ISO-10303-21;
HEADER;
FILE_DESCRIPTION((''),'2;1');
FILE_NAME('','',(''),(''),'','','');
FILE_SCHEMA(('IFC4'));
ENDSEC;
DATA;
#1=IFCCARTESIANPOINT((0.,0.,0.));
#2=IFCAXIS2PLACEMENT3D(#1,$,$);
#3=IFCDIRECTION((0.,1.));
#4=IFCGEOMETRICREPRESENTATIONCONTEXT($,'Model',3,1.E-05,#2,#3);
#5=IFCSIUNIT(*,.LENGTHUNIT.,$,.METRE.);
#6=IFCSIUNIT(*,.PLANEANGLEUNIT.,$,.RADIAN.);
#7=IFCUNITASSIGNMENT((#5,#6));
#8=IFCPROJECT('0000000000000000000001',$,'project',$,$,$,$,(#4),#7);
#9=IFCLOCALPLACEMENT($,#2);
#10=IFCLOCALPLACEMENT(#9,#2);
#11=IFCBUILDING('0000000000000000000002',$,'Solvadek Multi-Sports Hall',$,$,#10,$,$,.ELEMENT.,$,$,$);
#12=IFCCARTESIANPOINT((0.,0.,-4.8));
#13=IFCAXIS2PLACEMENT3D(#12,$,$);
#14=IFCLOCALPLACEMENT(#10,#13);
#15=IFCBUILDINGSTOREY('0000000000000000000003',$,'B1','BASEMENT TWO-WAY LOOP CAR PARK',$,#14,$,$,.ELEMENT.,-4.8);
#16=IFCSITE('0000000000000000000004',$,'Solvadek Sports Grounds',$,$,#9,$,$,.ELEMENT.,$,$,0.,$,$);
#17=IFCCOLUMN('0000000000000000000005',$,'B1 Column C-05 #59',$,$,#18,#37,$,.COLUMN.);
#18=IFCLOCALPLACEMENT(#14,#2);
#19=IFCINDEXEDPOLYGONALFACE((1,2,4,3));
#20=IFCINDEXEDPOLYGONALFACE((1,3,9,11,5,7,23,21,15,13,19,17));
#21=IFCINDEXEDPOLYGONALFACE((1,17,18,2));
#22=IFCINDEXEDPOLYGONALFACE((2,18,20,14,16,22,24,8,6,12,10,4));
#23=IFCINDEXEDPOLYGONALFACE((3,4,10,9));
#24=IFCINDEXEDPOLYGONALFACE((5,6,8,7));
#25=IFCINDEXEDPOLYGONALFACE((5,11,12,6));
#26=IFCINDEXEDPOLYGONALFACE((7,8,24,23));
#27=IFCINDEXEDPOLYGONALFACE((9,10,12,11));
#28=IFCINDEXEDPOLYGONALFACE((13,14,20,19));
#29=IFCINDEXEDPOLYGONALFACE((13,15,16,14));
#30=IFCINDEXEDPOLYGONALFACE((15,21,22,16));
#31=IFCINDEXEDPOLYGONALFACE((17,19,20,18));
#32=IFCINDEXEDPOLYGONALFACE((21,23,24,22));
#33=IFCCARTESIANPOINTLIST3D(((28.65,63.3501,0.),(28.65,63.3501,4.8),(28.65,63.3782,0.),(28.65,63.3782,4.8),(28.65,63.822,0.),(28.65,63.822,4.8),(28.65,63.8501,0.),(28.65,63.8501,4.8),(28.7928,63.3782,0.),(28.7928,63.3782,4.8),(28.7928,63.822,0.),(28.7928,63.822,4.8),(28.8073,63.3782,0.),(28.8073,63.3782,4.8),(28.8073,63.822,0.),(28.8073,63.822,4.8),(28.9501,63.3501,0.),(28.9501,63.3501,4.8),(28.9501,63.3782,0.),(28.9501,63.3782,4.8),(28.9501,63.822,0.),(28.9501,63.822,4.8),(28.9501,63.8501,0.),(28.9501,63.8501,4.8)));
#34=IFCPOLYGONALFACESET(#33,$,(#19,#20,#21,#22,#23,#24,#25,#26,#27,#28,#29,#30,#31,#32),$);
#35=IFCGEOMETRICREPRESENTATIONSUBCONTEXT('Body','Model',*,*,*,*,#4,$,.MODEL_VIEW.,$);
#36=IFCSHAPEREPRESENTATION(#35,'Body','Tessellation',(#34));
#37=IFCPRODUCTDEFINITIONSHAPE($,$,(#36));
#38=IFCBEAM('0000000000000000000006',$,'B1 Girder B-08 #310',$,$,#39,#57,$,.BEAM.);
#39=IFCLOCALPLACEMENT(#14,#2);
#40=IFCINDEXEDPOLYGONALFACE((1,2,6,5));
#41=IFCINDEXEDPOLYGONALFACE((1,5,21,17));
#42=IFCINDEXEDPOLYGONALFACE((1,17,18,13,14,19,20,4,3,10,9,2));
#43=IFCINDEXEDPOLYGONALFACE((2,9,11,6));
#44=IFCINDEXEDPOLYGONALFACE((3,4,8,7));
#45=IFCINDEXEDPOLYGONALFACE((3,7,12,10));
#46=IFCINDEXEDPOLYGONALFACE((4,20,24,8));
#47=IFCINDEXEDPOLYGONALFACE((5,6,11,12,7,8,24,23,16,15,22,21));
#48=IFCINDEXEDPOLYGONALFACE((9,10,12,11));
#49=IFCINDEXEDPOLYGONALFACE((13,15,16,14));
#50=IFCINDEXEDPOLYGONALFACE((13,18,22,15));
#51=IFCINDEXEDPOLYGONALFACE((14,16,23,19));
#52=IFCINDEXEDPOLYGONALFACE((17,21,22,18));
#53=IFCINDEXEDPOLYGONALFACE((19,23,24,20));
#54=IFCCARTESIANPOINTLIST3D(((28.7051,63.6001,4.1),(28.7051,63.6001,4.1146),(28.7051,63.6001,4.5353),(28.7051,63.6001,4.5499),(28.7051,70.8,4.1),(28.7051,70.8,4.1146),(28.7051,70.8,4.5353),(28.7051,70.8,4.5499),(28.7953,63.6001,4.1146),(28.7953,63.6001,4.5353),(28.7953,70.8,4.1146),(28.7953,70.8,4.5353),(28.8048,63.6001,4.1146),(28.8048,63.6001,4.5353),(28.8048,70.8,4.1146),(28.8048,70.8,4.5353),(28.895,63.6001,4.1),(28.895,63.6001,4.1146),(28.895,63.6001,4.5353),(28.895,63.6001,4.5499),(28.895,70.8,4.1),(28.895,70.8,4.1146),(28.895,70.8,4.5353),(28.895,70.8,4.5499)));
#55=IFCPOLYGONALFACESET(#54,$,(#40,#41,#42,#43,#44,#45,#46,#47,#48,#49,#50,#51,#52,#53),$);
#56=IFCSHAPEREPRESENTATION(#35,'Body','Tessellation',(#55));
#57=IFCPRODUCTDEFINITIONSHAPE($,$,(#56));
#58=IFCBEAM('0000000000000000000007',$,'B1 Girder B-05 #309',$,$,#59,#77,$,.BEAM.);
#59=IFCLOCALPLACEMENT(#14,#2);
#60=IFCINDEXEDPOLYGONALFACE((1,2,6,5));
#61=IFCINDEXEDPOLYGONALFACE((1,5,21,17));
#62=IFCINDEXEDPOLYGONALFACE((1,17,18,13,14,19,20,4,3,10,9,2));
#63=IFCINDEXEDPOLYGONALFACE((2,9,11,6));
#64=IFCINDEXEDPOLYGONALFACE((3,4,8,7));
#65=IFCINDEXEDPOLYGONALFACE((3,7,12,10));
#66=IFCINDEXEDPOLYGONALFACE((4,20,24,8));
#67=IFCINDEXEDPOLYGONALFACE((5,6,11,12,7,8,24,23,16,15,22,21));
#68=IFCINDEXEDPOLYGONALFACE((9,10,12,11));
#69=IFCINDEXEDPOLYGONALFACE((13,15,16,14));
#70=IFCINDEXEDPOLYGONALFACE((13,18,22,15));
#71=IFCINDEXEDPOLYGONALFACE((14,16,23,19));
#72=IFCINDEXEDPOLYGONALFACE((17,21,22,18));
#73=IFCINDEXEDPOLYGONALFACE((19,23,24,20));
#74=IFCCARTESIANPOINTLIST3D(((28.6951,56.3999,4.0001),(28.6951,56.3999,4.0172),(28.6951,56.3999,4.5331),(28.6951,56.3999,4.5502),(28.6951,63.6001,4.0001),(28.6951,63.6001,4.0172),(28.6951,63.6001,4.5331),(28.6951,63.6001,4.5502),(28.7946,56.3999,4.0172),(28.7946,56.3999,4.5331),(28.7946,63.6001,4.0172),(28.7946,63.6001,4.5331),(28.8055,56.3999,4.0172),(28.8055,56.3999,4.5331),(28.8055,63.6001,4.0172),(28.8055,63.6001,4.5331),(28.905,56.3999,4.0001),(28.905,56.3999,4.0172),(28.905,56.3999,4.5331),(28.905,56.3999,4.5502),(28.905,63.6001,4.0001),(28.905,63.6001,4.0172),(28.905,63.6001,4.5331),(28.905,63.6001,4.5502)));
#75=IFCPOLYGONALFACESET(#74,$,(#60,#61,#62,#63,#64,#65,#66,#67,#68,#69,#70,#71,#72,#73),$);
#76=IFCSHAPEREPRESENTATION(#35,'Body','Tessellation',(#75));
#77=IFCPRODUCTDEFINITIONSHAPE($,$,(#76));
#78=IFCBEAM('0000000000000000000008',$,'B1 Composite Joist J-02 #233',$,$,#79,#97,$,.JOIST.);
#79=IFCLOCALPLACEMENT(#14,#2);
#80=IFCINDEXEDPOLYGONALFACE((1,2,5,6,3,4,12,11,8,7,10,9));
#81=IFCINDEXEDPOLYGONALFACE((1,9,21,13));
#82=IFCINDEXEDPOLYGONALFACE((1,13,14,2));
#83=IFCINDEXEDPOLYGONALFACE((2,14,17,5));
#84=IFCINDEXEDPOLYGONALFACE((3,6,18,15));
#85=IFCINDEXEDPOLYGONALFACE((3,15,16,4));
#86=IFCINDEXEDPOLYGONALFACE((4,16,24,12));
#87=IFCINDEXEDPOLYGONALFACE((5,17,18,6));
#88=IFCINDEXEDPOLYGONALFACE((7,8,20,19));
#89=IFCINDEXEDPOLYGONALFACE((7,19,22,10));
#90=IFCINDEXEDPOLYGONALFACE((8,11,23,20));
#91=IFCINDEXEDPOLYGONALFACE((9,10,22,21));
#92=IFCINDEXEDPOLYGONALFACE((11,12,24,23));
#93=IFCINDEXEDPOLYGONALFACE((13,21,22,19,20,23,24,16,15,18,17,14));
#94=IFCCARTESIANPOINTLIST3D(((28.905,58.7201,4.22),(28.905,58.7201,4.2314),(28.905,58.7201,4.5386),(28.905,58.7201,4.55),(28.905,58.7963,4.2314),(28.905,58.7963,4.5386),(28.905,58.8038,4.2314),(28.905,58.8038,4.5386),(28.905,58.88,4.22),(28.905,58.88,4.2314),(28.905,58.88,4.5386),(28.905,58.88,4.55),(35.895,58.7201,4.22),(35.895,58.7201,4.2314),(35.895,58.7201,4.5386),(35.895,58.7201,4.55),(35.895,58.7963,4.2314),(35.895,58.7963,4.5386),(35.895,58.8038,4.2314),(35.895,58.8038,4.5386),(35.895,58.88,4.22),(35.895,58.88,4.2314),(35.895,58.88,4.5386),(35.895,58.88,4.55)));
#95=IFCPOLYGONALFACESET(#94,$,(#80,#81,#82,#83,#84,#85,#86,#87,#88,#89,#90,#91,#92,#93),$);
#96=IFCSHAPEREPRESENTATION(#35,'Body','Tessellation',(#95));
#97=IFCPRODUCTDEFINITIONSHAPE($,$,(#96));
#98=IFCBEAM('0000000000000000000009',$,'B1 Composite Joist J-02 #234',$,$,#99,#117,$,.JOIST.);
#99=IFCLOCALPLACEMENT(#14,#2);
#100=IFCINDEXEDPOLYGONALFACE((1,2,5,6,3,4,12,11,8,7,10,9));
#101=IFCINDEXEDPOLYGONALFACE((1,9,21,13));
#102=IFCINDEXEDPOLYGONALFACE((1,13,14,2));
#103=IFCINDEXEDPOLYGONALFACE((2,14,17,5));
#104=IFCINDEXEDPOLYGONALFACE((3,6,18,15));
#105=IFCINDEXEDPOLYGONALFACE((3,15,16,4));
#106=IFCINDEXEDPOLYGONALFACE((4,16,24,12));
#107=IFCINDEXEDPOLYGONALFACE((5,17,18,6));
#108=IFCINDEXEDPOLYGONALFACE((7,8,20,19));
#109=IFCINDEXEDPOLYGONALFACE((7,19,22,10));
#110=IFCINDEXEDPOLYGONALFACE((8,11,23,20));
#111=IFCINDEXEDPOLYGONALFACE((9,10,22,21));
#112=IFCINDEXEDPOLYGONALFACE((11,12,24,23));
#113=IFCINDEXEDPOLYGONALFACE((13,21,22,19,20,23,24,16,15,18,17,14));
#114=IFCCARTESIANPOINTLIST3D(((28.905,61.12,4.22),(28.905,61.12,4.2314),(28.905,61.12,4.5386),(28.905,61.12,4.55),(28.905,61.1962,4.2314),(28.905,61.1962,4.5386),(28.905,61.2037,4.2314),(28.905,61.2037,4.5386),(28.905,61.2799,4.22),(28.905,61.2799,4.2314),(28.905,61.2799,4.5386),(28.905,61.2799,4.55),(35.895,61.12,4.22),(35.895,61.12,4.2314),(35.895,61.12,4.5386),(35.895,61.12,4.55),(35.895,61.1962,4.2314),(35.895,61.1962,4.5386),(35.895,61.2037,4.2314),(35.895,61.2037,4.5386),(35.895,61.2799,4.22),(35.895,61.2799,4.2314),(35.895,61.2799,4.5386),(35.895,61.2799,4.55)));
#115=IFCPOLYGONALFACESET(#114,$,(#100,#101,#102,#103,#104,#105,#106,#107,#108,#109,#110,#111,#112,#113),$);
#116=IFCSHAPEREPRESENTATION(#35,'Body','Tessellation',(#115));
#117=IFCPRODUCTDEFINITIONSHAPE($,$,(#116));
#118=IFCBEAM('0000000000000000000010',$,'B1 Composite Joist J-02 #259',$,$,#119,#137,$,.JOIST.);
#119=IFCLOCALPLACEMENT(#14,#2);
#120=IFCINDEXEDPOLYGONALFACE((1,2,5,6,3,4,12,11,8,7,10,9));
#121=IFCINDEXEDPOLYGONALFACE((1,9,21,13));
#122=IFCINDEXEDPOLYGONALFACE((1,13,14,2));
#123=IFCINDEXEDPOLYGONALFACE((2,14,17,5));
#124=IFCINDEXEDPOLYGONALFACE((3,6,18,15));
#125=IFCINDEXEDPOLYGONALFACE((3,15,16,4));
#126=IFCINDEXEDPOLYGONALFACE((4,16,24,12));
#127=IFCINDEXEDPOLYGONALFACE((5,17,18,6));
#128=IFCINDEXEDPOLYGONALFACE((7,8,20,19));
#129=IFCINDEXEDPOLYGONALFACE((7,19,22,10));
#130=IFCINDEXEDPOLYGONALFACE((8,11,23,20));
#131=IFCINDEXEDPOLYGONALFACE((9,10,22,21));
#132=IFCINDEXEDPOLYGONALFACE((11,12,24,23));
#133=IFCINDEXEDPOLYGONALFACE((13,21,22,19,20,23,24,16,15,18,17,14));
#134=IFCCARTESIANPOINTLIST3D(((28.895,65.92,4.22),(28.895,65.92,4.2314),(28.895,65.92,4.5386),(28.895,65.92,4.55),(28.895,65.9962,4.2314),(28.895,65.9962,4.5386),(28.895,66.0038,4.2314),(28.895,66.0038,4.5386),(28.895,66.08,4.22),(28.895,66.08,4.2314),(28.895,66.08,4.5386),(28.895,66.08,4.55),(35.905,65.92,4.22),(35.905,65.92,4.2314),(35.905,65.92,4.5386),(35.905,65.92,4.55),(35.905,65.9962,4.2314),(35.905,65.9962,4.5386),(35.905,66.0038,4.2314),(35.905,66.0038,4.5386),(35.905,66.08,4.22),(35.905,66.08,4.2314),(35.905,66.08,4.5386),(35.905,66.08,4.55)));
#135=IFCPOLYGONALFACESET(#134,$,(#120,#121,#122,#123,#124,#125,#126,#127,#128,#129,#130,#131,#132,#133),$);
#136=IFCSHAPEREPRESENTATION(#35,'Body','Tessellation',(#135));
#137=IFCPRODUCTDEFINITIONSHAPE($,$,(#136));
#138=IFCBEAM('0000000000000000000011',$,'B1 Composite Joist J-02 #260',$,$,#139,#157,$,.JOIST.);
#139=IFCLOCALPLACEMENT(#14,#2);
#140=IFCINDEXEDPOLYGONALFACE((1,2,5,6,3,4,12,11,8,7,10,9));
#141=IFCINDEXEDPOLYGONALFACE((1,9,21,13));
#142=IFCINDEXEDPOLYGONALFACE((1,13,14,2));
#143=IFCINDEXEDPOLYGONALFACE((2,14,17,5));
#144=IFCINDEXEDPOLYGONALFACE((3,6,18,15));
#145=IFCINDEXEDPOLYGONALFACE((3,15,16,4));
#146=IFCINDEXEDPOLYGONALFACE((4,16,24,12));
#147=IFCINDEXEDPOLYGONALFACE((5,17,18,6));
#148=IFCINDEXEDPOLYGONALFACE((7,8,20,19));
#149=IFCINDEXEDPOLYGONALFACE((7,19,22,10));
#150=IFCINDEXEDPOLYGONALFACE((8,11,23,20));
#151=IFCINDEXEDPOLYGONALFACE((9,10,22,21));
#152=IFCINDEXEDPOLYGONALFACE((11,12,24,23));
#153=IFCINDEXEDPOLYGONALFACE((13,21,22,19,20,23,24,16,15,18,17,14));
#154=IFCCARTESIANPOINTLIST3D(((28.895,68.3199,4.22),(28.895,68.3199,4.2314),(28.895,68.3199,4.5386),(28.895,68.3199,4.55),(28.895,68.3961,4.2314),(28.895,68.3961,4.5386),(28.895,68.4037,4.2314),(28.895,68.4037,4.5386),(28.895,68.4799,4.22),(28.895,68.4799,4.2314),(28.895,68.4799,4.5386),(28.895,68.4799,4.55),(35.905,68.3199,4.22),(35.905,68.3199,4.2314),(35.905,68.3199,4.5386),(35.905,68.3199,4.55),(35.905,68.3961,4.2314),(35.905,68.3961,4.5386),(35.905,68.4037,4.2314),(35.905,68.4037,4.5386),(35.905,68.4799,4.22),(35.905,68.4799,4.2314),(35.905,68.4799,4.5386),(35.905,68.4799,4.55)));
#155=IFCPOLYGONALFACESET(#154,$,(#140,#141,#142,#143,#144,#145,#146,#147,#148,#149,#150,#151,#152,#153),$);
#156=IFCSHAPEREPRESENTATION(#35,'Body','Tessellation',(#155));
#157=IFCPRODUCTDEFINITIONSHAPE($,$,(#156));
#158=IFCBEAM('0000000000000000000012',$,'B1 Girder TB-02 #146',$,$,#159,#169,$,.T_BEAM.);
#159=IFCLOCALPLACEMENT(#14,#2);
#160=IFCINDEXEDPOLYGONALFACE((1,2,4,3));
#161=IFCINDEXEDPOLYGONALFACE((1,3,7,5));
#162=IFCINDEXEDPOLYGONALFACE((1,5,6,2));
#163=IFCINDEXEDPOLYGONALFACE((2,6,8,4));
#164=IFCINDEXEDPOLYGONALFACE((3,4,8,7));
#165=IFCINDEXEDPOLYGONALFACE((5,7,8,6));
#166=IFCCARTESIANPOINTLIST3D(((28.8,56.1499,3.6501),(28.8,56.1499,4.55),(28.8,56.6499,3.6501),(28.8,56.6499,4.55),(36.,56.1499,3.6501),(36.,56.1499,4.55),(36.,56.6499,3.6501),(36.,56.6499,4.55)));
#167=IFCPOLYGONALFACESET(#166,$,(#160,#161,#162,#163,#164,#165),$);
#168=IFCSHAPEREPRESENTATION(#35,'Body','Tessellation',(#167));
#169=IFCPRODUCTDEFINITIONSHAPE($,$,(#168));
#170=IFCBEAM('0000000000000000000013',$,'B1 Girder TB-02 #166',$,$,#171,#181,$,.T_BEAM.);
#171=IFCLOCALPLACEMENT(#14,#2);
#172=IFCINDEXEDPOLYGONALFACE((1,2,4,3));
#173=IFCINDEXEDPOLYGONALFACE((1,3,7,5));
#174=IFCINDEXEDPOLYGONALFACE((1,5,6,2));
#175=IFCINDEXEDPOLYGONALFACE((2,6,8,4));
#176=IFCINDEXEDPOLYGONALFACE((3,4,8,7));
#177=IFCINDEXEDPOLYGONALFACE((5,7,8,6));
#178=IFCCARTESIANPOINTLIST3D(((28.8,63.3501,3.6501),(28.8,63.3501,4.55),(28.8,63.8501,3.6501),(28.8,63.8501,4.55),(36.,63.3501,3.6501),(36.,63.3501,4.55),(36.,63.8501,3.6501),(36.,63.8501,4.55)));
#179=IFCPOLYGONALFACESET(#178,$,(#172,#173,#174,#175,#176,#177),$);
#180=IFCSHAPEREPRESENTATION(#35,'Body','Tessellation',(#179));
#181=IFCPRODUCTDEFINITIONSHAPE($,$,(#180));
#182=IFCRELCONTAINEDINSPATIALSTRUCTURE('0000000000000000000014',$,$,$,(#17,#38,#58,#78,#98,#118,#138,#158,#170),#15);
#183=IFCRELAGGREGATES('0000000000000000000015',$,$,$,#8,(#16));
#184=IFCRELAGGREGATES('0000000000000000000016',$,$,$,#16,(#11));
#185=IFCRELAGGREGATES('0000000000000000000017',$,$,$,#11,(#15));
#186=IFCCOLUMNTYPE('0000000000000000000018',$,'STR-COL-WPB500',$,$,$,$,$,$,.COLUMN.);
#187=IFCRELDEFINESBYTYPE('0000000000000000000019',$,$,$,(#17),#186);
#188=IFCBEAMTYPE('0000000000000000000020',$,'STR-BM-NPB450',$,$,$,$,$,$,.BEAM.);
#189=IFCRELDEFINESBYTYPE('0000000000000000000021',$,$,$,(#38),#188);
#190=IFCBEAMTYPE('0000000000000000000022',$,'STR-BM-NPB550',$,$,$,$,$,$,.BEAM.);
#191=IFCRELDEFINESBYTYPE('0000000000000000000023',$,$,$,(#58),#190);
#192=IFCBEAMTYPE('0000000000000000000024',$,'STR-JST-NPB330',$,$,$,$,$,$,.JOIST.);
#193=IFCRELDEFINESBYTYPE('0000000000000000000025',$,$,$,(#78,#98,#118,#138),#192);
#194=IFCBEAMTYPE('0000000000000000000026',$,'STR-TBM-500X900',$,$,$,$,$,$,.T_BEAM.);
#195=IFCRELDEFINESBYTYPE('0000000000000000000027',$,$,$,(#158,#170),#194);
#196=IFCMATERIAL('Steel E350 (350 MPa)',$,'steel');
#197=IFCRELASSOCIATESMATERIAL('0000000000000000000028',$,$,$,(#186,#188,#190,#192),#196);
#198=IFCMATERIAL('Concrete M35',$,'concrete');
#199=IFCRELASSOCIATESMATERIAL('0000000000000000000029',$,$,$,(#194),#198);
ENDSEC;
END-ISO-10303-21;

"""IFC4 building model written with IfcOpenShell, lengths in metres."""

from ifc_helpers import new_model, si_unit, direction, frame, origin, origin_2d, place, context, subcontext, project, spatial, rectangle, i_section, extrude, material, material_profile, profile_set, type_object, element, save


model = new_model("IFC4")

# Units and contexts
model_context = context("Model", 3, precision=1e-05, world=origin(), true_north=direction((0.0, 1.0)))
body_context = subcontext(model_context, "Body", "Model", "MODEL_VIEW")
ifc_project = project(units=[si_unit("LENGTHUNIT", "METRE"), si_unit("PLANEANGLEUNIT", "RADIAN")], contexts=[model_context])

# Site, building, storey
site_placement = place(None, origin())
site = spatial("IfcSite", under=ifc_project, at=site_placement, Name="Solvadek Sports Grounds", CompositionType="ELEMENT", RefElevation=0.0)
building_placement = place(site_placement, origin())
building = spatial("IfcBuilding", under=site, at=building_placement, Name="Solvadek Multi-Sports Hall", CompositionType="ELEMENT")
storey_placement = place(building_placement, frame((0.0, 0.0, -4.8)))
storey = spatial("IfcBuildingStorey", under=building, at=storey_placement, Name="B1", Description="BASEMENT TWO-WAY LOOP CAR PARK", CompositionType="ELEMENT", Elevation=-4.8)

# Shared definitions
ifc_material_1 = material(Name="Concrete M35", Category="concrete")

# Column
ifc_material_2 = material(Name="Steel E350 (350 MPa)", Category="steel")
ifc_material_profile_1 = material_profile(ifc_material_2, i_section(OverallWidth=0.3, OverallDepth=0.5, WebThickness=0.0144, FlangeThickness=0.0281, at=origin_2d()), Name="WPB 500")
ifc_profile_set_1 = profile_set([ifc_material_profile_1], Name="Steel E350 (350 MPa)")
column_type = type_object("IfcColumnType", Name="STR-COL-WPB500", PredefinedType="COLUMN", material=ifc_profile_set_1)
for number, where, z_axis, x_axis, name in (
    (1, (28.8, 63.6001, 0.0), (0.0, 0.0, 1.0), (1.0, 0.0, 0.0), "B1 Column C-05 #59"),
):
    element("IfcColumn", number, at=place(storey_placement, frame(where, z_axis=z_axis, x_axis=x_axis)), inside=storey, type_object=column_type, Name=name, PredefinedType="COLUMN", context=body_context, shape_type="SweptSolid", body=[
        extrude(i_section(OverallWidth=0.3, OverallDepth=0.5, WebThickness=0.0144, FlangeThickness=0.0281, at=origin_2d()), origin(), (0.0, 0.0, 1.0), 4.8),
    ])

# Beams
ifc_material_profile_2 = material_profile(ifc_material_2, i_section(OverallWidth=0.1899, OverallDepth=0.45, WebThickness=0.0095, FlangeThickness=0.0146, at=origin_2d()), Name="NPB 450")
ifc_profile_set_2 = profile_set([ifc_material_profile_2], Name="Steel E350 (350 MPa)")
beam_type_1 = type_object("IfcBeamType", Name="STR-BM-NPB450", PredefinedType="BEAM", material=ifc_profile_set_2)
beam_1_placement = place(storey_placement, frame((28.8, 63.6001, 4.325), z_axis=(0.0, 1.0, 0.0), x_axis=(-1.0, 0.0, 0.0)))
element("IfcBeam", 2, at=beam_1_placement, inside=storey, type_object=beam_type_1, Name="B1 Girder B-08 #310", PredefinedType="BEAM", context=body_context, shape_type="SweptSolid", body=[
    extrude(i_section(OverallWidth=0.1899, OverallDepth=0.45, WebThickness=0.0095, FlangeThickness=0.0146, at=origin_2d()), origin(), (0.0, 0.0, 1.0), 7.2),
])
ifc_material_profile_3 = material_profile(ifc_material_2, i_section(OverallWidth=0.21, OverallDepth=0.55, WebThickness=0.011, FlangeThickness=0.0171, at=origin_2d()), Name="NPB 550")
ifc_profile_set_3 = profile_set([ifc_material_profile_3], Name="Steel E350 (350 MPa)")
beam_type_2 = type_object("IfcBeamType", Name="STR-BM-NPB550", PredefinedType="BEAM", material=ifc_profile_set_3)
beam_2_placement = place(storey_placement, frame((28.8, 56.3999, 4.2751), z_axis=(0.0, 1.0, 0.0), x_axis=(-1.0, 0.0, 0.0)))
element("IfcBeam", 3, at=beam_2_placement, inside=storey, type_object=beam_type_2, Name="B1 Girder B-05 #309", PredefinedType="BEAM", context=body_context, shape_type="SweptSolid", body=[
    extrude(i_section(OverallWidth=0.21, OverallDepth=0.55, WebThickness=0.011, FlangeThickness=0.0171, at=origin_2d()), origin(), (0.0, 0.0, 1.0), 7.2002),
])
ifc_material_profile_4 = material_profile(ifc_material_2, i_section(OverallWidth=0.1599, OverallDepth=0.3301, WebThickness=0.0076, FlangeThickness=0.0115, at=origin_2d()), Name="NPB 330")
ifc_profile_set_4 = profile_set([ifc_material_profile_4], Name="Steel E350 (350 MPa)")
beam_type_3 = type_object("IfcBeamType", Name="STR-JST-NPB330", PredefinedType="JOIST", material=ifc_profile_set_4)
for number, where, z_axis, x_axis, name in (
    (4, (28.905, 58.8, 4.385), (1.0, 0.0, 0.0), (0.0, 1.0, 0.0), "B1 Composite Joist J-02 #233"),
    (5, (28.905, 61.2, 4.385), (1.0, 0.0, 0.0), (0.0, 1.0, 0.0), "B1 Composite Joist J-02 #234"),
):
    element("IfcBeam", number, at=place(storey_placement, frame(where, z_axis=z_axis, x_axis=x_axis)), inside=storey, type_object=beam_type_3, Name=name, PredefinedType="JOIST", context=body_context, shape_type="SweptSolid", body=[
        extrude(i_section(OverallWidth=0.1599, OverallDepth=0.3301, WebThickness=0.0076, FlangeThickness=0.0115, at=origin_2d()), origin(), (0.0, 0.0, 1.0), 6.99),
    ])
for number, where, z_axis, x_axis, name in (
    (6, (28.895, 66.0, 4.385), (1.0, 0.0, 0.0), (0.0, 1.0, 0.0), "B1 Composite Joist J-02 #259"),
    (7, (28.895, 68.3999, 4.385), (1.0, 0.0, 0.0), (0.0, 1.0, 0.0), "B1 Composite Joist J-02 #260"),
):
    element("IfcBeam", number, at=place(storey_placement, frame(where, z_axis=z_axis, x_axis=x_axis)), inside=storey, type_object=beam_type_3, Name=name, PredefinedType="JOIST", context=body_context, shape_type="SweptSolid", body=[
        extrude(i_section(OverallWidth=0.1599, OverallDepth=0.3301, WebThickness=0.0076, FlangeThickness=0.0115, at=origin_2d()), origin(), (0.0, 0.0, 1.0), 7.01),
    ])
ifc_material_profile_5 = material_profile(ifc_material_1, rectangle(XDim=0.5, YDim=0.8999, at=origin_2d()), Name="RC T-BEAM 500x900")
ifc_profile_set_5 = profile_set([ifc_material_profile_5], Name="Concrete M35")
beam_type_4 = type_object("IfcBeamType", Name="STR-TBM-500X900", PredefinedType="T_BEAM", material=ifc_profile_set_5)
for number, where, z_axis, x_axis, name in (
    (8, (28.8, 56.3999, 4.1001), (1.0, 0.0, 0.0), (0.0, 1.0, 0.0), "B1 Girder TB-02 #146"),
    (9, (28.8, 63.6001, 4.1001), (1.0, 0.0, 0.0), (0.0, 1.0, 0.0), "B1 Girder TB-02 #166"),
):
    element("IfcBeam", number, at=place(storey_placement, frame(where, z_axis=z_axis, x_axis=x_axis)), inside=storey, type_object=beam_type_4, Name=name, PredefinedType="T_BEAM", context=body_context, shape_type="SweptSolid", body=[
        extrude(rectangle(XDim=0.5, YDim=0.8999, at=origin_2d()), origin(), (0.0, 0.0, 1.0), 7.2),
    ])

save(model, "model.ifc")
